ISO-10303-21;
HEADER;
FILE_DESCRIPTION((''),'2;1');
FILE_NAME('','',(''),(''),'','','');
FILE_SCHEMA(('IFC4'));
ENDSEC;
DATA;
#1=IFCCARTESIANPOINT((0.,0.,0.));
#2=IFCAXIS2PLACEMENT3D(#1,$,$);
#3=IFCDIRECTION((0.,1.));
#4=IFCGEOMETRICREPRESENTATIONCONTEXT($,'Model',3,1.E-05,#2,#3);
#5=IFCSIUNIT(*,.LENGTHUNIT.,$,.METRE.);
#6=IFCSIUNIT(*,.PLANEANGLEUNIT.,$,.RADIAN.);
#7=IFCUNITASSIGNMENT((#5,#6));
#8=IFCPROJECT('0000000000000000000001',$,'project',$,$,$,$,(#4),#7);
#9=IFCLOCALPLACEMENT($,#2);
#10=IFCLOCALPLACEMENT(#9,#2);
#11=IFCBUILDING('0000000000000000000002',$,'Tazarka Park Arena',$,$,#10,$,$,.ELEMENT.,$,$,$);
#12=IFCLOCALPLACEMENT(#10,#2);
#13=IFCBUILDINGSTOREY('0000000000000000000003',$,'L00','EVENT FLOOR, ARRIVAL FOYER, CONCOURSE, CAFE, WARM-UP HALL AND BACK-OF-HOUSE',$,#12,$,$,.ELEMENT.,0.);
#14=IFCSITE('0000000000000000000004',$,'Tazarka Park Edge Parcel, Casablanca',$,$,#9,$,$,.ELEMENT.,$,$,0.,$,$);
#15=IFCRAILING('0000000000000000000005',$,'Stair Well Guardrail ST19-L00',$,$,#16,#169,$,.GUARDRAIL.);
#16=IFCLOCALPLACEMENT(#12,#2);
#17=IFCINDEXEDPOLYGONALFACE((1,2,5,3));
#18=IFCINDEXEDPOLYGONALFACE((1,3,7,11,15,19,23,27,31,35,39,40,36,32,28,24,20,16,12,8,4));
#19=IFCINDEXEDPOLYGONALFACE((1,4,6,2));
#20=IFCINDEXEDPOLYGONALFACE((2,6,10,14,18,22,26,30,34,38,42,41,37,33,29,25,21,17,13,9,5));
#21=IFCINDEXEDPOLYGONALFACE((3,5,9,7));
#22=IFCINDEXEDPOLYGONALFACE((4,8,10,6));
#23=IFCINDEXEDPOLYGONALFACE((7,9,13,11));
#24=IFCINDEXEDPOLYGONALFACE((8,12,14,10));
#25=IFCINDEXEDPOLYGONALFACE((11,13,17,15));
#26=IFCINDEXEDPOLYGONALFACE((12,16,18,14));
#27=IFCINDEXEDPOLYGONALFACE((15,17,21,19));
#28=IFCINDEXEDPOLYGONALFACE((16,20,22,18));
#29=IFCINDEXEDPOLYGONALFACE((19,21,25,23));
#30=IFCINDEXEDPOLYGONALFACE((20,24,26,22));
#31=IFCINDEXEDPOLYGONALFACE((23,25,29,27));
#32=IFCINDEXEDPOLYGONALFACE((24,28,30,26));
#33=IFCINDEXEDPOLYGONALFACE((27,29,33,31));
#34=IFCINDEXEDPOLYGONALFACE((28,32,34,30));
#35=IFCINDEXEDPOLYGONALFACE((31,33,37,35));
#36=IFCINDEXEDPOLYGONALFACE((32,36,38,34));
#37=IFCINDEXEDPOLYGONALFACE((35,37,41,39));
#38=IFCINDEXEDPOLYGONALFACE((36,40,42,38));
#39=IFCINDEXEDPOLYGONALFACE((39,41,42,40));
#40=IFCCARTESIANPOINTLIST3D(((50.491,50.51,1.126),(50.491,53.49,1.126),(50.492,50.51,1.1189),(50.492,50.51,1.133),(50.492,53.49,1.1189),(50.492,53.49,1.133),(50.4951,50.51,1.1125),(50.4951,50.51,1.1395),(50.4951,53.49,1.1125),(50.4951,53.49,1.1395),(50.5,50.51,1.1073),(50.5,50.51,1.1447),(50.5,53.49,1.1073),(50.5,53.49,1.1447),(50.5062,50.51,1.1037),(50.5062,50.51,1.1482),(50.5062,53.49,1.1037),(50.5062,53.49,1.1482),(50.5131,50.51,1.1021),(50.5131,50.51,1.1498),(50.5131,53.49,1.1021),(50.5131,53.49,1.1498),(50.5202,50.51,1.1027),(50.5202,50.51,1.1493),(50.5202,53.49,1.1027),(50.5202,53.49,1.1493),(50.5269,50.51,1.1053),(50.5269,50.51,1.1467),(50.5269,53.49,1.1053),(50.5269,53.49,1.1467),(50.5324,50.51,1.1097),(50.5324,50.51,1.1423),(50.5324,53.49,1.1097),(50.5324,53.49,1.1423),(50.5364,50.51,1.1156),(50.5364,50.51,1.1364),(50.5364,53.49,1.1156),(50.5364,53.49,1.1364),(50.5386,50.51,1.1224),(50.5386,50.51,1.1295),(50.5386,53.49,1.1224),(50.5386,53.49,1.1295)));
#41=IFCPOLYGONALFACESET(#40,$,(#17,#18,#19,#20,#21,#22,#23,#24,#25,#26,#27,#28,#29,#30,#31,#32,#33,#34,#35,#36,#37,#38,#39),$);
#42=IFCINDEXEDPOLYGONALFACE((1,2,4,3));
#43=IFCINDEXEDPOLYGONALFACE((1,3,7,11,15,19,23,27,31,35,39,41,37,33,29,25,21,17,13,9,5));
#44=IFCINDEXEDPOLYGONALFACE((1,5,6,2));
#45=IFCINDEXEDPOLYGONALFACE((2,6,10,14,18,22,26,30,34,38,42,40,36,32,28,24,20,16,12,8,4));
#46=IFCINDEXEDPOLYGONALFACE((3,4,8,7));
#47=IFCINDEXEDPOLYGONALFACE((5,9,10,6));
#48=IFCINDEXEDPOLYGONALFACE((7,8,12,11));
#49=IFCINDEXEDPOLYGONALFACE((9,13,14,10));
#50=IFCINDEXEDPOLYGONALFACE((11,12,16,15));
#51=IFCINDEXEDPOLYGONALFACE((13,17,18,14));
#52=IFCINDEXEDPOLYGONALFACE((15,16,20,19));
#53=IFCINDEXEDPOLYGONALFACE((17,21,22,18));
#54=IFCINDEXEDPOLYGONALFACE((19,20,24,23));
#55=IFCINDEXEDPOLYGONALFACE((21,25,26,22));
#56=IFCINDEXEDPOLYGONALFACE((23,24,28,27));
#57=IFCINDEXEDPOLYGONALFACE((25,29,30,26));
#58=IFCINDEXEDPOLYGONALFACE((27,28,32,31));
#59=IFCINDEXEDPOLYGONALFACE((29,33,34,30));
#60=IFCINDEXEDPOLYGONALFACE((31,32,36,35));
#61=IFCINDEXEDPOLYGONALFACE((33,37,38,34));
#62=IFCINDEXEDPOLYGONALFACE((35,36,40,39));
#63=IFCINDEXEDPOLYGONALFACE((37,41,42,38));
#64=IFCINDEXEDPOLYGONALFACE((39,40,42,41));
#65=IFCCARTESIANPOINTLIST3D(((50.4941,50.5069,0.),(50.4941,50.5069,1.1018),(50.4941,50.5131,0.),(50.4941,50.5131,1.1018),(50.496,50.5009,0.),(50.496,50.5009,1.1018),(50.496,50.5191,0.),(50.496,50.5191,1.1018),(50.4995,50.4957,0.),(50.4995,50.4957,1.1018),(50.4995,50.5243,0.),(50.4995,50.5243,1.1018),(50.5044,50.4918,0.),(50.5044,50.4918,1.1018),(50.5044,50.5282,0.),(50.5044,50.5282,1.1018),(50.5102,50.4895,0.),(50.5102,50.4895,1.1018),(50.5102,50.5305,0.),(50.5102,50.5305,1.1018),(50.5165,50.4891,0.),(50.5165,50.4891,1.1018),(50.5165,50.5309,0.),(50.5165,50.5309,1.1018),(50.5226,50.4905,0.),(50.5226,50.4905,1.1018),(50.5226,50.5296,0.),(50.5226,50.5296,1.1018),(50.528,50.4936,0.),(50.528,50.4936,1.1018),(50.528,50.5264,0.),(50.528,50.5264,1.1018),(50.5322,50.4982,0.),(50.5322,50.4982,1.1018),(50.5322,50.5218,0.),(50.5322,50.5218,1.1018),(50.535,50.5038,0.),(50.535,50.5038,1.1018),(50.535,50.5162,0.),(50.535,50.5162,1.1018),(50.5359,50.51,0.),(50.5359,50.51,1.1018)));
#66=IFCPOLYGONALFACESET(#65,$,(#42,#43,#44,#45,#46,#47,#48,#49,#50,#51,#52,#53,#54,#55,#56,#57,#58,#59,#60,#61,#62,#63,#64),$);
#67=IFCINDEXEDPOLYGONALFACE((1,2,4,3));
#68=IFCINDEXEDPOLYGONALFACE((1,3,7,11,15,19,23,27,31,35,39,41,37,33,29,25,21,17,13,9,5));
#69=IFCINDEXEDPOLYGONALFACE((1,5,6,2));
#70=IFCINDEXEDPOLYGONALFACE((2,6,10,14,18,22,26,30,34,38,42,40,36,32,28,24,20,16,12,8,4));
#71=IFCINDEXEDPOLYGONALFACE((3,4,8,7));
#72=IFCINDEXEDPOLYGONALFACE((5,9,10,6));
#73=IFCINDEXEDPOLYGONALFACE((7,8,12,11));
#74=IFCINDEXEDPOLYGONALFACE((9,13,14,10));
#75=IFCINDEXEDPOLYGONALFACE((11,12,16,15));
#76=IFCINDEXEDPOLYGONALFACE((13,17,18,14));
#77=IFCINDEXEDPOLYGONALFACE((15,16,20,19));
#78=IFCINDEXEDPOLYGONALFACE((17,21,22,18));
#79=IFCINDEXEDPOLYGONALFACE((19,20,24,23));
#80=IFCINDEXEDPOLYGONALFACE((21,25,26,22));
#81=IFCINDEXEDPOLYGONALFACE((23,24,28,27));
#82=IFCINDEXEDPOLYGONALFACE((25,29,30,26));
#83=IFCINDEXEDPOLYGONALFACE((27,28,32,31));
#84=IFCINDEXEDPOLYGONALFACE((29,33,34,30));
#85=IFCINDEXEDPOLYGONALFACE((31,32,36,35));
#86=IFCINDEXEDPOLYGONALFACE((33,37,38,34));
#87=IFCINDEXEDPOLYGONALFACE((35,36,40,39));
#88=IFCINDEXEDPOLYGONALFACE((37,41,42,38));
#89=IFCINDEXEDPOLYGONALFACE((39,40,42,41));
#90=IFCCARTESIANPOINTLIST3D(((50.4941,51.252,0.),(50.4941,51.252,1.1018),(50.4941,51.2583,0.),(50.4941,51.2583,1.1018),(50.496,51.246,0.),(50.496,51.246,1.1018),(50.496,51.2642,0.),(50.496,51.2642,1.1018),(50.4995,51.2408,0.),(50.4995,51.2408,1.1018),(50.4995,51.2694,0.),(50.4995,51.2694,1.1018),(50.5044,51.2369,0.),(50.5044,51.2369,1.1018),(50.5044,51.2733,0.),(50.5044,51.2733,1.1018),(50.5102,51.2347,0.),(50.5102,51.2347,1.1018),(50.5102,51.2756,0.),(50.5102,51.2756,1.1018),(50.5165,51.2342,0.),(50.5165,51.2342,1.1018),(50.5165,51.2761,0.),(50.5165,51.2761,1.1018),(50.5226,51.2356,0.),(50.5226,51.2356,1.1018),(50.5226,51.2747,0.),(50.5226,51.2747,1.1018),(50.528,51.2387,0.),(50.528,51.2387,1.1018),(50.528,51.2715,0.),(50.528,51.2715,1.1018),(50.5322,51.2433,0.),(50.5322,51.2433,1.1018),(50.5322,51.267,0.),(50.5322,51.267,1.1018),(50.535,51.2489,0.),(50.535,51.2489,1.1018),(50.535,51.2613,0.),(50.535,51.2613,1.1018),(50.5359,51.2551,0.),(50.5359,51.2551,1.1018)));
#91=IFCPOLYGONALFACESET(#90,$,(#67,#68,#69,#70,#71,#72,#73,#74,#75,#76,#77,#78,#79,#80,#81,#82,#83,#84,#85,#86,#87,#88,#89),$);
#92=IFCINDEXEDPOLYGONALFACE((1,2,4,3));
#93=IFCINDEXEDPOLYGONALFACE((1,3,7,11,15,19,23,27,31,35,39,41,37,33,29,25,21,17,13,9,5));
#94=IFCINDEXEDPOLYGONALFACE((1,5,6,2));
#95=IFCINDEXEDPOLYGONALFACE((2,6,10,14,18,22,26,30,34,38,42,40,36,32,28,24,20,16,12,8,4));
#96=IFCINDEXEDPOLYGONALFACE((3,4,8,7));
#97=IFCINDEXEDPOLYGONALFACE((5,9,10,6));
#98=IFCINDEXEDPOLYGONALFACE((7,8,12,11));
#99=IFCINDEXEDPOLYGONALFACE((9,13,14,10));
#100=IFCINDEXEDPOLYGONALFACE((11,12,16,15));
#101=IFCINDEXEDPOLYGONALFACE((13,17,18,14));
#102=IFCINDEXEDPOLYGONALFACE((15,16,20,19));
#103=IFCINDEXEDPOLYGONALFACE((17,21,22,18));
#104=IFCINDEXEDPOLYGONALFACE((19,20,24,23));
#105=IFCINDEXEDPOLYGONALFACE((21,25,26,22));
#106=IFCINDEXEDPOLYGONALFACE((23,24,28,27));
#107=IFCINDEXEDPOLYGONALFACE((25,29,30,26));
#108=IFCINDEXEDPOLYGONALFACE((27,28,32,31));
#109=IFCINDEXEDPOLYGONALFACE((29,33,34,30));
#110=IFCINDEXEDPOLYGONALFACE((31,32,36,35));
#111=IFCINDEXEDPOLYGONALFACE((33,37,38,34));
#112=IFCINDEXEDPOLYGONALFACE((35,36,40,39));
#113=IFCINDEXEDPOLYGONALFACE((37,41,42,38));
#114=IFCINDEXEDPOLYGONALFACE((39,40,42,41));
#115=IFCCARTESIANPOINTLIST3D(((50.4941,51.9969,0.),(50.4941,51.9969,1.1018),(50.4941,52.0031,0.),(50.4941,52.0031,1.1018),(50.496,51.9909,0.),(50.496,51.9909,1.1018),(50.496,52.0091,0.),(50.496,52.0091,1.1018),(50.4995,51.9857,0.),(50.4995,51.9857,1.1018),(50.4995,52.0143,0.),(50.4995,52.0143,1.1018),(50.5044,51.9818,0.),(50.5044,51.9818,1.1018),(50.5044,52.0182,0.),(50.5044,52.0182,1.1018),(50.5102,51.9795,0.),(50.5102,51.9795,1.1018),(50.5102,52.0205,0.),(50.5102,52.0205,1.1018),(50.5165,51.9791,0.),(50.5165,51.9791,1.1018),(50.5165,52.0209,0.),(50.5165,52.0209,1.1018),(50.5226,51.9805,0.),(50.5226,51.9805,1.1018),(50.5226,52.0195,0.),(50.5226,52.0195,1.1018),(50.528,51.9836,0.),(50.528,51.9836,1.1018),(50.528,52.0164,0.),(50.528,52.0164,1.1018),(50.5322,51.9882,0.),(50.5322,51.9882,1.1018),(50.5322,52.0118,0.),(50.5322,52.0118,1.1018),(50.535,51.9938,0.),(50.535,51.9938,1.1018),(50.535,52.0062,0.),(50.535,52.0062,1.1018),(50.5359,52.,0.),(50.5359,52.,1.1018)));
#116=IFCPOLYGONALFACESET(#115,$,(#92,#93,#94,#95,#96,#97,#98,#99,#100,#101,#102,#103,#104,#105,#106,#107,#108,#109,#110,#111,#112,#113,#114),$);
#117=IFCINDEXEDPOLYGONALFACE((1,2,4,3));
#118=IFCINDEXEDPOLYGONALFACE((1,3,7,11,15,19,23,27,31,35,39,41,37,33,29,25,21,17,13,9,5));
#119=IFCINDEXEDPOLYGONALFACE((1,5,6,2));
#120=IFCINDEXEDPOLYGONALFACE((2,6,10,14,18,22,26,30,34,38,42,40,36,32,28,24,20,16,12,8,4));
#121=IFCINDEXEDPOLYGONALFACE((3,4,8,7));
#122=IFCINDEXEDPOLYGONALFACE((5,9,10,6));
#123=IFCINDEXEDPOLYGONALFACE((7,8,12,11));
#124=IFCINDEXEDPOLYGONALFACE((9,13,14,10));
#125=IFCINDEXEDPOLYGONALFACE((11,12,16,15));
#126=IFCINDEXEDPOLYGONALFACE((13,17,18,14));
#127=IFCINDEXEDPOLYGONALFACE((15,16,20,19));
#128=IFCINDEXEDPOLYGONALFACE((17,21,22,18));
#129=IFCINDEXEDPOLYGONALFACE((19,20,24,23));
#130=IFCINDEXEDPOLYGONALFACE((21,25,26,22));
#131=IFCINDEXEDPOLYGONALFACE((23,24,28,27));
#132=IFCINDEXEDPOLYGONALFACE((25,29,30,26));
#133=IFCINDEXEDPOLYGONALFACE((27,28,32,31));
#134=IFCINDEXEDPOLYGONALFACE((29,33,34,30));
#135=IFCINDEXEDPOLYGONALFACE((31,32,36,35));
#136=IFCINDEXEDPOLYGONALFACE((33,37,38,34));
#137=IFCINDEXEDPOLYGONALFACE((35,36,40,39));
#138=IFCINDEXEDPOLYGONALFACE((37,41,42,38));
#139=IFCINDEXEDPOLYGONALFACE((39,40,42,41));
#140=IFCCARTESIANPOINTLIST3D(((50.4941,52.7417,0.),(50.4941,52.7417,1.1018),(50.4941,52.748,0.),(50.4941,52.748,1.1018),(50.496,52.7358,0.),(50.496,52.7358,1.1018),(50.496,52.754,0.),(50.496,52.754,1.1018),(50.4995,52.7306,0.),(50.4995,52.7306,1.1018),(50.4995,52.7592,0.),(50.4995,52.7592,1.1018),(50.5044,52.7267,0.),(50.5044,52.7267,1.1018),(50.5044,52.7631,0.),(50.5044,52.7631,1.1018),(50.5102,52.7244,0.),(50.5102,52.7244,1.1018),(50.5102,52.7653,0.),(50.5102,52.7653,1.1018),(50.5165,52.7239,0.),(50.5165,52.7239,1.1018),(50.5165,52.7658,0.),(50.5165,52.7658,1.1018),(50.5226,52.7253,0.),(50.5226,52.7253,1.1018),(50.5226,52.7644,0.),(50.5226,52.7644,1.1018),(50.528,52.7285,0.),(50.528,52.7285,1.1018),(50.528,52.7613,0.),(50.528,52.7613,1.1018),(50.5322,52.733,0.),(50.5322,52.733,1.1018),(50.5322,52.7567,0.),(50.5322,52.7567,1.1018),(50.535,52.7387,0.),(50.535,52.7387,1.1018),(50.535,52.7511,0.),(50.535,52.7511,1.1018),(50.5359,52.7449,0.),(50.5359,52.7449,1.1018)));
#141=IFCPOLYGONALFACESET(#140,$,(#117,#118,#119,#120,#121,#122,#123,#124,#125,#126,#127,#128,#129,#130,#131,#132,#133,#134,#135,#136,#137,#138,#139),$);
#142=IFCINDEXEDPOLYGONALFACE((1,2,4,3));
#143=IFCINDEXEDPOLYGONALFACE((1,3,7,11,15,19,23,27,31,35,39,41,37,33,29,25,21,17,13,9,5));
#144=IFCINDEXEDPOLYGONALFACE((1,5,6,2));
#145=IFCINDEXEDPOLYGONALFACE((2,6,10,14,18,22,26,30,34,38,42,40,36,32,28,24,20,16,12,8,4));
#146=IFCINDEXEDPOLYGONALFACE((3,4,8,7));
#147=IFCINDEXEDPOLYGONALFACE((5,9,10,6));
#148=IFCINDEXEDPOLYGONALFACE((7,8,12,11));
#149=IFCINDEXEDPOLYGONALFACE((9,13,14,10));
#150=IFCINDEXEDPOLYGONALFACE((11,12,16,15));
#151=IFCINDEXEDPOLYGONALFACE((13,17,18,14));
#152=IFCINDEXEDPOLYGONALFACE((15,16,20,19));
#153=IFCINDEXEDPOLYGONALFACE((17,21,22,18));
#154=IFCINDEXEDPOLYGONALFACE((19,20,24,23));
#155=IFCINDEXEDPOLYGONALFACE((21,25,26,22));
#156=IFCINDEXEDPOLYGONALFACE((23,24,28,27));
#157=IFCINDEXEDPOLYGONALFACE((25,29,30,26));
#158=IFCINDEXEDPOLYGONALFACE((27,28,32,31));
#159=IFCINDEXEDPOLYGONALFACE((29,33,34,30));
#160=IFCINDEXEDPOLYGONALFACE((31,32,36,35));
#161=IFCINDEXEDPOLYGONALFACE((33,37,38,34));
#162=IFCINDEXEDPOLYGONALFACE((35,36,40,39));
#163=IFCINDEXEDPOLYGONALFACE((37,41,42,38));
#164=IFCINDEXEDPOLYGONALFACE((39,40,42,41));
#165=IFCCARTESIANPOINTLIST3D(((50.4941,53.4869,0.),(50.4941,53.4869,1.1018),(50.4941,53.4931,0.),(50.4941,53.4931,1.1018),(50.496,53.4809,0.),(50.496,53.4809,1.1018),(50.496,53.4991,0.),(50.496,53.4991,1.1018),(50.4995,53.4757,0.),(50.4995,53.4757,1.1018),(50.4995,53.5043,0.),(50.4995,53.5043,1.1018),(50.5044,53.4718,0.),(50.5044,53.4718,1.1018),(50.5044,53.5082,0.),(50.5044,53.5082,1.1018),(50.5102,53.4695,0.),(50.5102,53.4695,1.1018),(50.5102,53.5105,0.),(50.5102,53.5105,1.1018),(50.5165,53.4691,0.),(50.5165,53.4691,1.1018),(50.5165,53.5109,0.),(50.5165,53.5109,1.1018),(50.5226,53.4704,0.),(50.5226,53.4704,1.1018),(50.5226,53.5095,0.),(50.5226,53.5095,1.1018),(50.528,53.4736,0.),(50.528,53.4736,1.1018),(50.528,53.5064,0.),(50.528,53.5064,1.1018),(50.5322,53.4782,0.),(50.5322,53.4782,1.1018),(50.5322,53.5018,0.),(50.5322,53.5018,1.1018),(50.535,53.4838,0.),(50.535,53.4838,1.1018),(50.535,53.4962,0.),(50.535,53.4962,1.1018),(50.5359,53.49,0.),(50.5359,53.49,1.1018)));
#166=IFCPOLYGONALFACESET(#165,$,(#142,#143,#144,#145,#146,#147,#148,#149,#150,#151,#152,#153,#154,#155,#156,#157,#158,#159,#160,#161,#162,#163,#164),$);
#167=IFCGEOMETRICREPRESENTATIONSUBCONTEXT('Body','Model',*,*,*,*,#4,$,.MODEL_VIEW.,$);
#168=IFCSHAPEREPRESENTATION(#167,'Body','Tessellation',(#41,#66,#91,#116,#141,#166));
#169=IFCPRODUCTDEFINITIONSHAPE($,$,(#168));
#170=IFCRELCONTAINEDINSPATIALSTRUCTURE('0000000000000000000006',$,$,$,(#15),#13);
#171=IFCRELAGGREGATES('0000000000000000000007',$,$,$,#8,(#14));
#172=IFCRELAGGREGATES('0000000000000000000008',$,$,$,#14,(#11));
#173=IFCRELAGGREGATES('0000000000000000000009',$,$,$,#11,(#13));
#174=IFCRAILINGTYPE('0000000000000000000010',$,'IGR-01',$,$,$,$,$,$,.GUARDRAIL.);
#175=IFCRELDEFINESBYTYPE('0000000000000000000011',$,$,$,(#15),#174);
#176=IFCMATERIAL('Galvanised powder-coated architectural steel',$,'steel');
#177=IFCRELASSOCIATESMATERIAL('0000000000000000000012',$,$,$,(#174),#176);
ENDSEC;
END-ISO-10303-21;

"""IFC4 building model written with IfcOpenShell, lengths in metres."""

from ifc_helpers import new_model, si_unit, direction, frame, origin, origin_2d, place, context, subcontext, project, spatial, circle, extrude, material, type_object, element, save


model = new_model("IFC4")

# Units and contexts
model_context = context("Model", 3, precision=1e-05, world=origin(), true_north=direction((0.0, 1.0)))
body_context = subcontext(model_context, "Body", "Model", "MODEL_VIEW")
ifc_project = project(units=[si_unit("LENGTHUNIT", "METRE"), si_unit("PLANEANGLEUNIT", "RADIAN")], contexts=[model_context])

# Site, building, storey
site_placement = place(None, origin())
site = spatial("IfcSite", under=ifc_project, at=site_placement, Name="Tazarka Park Edge Parcel, Casablanca", CompositionType="ELEMENT", RefElevation=0.0)
building_placement = place(site_placement, origin())
building = spatial("IfcBuilding", under=site, at=building_placement, Name="Tazarka Park Arena", CompositionType="ELEMENT")
storey_placement = place(building_placement, origin())
storey = spatial("IfcBuildingStorey", under=building, at=storey_placement, Name="L00", Description="EVENT FLOOR, ARRIVAL FOYER, CONCOURSE, CAFE, WARM-UP HALL AND BACK-OF-HOUSE", CompositionType="ELEMENT", Elevation=0.0)

# Railing
ifc_material_1 = material(Name="Galvanised powder-coated architectural steel", Category="steel")
railing_type_1 = type_object("IfcRailingType", Name="IGR-01", PredefinedType="GUARDRAIL", material=ifc_material_1)
for number, where, name in (
    (1, (50.5149, 50.51, 0.0), "Stair Well Guardrail ST19-L00"),
):
    element("IfcRailing", number, at=place(storey_placement, frame(where)), inside=storey, type_object=railing_type_1, Name=name, PredefinedType="GUARDRAIL", context=body_context, shape_type="SweptSolid", body=[
        extrude(circle(Radius=0.0239, at=origin_2d()), frame((0.0, 0.0, 1.126), z_axis=(0.0, 1.0, 0.0), x_axis=(-1.0, 0.0, 0.0)), (0.0, 0.0, 1.0), 2.98),
        extrude(circle(Radius=0.021, at=origin_2d()), origin(), (0.0, 0.0, 1.0), 1.1018),
        extrude(circle(Radius=0.021, at=origin_2d()), frame((0.0, 0.7451, 0.0)), (0.0, 0.0, 1.0), 1.1018),
        extrude(circle(Radius=0.021, at=origin_2d()), frame((0.0, 1.49, 0.0)), (0.0, 0.0, 1.0), 1.1018),
        extrude(circle(Radius=0.021, at=origin_2d()), frame((0.0, 2.2349, 0.0)), (0.0, 0.0, 1.0), 1.1018),
        extrude(circle(Radius=0.021, at=origin_2d()), frame((0.0, 2.98, 0.0)), (0.0, 0.0, 1.0), 1.1018),
    ])

save(model, "model.ifc")
